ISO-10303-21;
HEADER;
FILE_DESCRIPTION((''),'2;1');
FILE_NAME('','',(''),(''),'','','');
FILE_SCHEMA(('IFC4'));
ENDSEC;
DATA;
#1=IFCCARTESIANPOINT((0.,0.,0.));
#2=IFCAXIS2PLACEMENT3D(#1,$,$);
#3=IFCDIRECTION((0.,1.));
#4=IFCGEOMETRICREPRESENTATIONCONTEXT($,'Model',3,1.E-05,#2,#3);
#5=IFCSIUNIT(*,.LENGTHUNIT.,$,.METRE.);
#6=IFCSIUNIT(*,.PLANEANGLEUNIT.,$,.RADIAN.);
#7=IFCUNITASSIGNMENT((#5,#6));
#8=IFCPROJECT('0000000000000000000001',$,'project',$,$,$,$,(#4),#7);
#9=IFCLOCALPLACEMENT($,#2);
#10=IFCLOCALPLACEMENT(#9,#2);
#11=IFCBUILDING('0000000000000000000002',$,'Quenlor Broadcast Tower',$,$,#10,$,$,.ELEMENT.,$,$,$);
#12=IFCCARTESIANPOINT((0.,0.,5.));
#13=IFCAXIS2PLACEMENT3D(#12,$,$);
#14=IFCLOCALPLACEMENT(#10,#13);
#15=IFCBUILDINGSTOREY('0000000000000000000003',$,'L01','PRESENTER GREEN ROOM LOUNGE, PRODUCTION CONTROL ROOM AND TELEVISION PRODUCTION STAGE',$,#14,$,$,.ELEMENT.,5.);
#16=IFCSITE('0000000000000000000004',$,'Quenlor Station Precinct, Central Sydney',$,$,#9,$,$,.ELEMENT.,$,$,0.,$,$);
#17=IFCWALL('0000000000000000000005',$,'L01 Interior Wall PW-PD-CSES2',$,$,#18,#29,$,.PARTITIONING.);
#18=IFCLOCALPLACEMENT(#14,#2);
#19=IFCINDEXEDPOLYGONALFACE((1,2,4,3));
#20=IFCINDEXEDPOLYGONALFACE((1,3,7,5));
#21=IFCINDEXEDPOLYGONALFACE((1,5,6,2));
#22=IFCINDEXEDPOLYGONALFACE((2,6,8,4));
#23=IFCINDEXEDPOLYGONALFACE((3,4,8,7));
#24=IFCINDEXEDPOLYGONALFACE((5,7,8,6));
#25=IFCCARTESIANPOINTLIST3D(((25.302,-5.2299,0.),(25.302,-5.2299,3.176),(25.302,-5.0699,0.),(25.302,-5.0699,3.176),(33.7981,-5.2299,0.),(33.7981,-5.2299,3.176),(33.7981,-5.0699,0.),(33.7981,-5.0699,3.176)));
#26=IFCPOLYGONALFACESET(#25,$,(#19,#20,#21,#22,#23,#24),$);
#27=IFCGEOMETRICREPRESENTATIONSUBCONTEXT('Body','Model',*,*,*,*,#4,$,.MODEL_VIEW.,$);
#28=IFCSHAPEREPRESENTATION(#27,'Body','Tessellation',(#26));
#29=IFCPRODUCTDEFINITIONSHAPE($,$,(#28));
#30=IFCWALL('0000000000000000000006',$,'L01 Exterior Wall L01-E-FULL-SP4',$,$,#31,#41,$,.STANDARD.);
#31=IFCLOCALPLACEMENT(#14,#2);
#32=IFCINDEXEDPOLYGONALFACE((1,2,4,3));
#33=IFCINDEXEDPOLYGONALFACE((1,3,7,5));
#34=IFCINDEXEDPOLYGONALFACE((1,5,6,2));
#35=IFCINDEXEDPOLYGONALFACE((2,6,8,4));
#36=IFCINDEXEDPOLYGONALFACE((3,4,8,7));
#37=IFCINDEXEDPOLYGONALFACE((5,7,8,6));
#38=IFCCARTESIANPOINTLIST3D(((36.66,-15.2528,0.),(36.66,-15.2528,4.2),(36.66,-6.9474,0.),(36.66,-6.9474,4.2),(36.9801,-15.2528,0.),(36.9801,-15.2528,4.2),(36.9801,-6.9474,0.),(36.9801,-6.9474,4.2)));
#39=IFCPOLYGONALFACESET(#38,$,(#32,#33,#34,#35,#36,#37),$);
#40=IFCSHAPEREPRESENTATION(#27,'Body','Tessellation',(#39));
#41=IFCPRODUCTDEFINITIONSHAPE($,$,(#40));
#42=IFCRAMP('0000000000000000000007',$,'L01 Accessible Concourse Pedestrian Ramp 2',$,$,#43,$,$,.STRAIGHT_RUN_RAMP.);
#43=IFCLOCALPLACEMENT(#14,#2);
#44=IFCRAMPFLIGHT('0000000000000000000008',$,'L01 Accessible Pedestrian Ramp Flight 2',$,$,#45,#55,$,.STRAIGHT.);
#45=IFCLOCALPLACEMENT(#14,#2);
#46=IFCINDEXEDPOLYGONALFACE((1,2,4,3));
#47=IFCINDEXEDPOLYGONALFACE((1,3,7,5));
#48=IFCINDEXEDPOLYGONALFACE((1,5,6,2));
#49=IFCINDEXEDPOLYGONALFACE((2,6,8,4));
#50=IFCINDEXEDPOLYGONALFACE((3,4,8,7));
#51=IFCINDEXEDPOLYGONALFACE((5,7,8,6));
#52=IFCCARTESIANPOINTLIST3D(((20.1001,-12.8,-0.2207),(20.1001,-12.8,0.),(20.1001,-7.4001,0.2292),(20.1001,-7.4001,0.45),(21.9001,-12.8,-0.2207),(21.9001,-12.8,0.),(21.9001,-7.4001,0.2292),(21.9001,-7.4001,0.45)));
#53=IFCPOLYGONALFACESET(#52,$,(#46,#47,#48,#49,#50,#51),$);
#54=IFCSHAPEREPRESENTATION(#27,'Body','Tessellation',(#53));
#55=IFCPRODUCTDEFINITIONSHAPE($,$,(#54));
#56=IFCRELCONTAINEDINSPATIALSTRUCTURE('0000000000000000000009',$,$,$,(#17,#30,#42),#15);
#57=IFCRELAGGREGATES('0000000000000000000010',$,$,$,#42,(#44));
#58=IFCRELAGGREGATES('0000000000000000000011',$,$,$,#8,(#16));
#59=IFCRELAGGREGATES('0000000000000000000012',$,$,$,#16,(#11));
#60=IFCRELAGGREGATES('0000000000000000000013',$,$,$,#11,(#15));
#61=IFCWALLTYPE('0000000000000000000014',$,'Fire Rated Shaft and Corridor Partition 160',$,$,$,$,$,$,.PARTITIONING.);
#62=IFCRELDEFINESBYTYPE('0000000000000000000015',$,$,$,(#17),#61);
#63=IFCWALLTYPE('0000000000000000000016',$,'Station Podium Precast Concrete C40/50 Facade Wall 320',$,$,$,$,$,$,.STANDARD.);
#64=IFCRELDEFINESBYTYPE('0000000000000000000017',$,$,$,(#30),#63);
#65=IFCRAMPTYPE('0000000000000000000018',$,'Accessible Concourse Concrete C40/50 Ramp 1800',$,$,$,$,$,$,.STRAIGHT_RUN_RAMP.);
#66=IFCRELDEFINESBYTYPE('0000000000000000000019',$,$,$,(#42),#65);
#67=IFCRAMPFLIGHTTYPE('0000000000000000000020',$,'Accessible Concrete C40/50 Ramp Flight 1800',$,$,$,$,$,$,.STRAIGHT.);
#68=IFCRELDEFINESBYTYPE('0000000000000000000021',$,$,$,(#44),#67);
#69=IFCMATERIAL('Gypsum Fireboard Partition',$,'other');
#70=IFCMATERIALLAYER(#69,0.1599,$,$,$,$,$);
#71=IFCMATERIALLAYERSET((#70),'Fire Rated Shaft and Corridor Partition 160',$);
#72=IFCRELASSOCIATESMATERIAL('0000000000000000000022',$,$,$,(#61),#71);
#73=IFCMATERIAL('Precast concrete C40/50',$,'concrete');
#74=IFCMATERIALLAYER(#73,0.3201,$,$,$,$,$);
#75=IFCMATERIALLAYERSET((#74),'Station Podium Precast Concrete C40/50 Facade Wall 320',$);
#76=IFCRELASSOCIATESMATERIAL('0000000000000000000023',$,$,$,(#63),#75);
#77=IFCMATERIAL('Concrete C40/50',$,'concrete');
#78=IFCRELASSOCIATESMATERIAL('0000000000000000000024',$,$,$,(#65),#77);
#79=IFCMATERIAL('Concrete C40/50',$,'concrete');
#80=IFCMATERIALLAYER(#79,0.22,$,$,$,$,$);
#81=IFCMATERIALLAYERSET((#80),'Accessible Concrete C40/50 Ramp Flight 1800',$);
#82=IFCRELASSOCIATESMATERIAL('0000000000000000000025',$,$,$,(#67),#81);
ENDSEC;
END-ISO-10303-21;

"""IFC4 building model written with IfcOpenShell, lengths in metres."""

from ifc_helpers import new_model, si_unit, direction, frame, frame_2d, origin, place, context, subcontext, project, spatial, polyline, rectangle, outline, extrude, material, layer, layer_set, type_object, element, aggregate, save


model = new_model("IFC4")

# Units and contexts
model_context = context("Model", 3, precision=1e-05, world=origin(), true_north=direction((0.0, 1.0)))
body_context = subcontext(model_context, "Body", "Model", "MODEL_VIEW")
ifc_project = project(units=[si_unit("LENGTHUNIT", "METRE"), si_unit("PLANEANGLEUNIT", "RADIAN")], contexts=[model_context])

# Site, building, storey
site_placement = place(None, origin())
site = spatial("IfcSite", under=ifc_project, at=site_placement, Name="Quenlor Station Precinct, Central Sydney", CompositionType="ELEMENT", RefElevation=0.0)
building_placement = place(site_placement, origin())
building = spatial("IfcBuilding", under=site, at=building_placement, Name="Quenlor Broadcast Tower", CompositionType="ELEMENT")
storey_placement = place(building_placement, frame((0.0, 0.0, 5.0)))
storey = spatial("IfcBuildingStorey", under=building, at=storey_placement, Name="L01", Description="PRESENTER GREEN ROOM LOUNGE, PRODUCTION CONTROL ROOM AND TELEVISION PRODUCTION STAGE", CompositionType="ELEMENT", Elevation=5.0)

# Walls
ifc_material_1 = material(Name="Gypsum Fireboard Partition", Category="other")
ifc_layer_1 = layer(ifc_material_1, 0.1599)
ifc_layer_set_1 = layer_set([ifc_layer_1], Name="Fire Rated Shaft and Corridor Partition 160")
wall_type_1 = type_object("IfcWallType", Name="Fire Rated Shaft and Corridor Partition 160", PredefinedType="PARTITIONING", material=ifc_layer_set_1)
wall_1_placement = place(storey_placement, frame((25.302, -5.1499, 0.0), z_axis=(0.0, 0.0, 1.0), x_axis=(1.0, 0.0, 0.0)))
element("IfcWall", 1, at=wall_1_placement, inside=storey, type_object=wall_type_1, Name="L01 Interior Wall PW-PD-CSES2", PredefinedType="PARTITIONING", context=body_context, shape_type="SweptSolid", body=[
    extrude(rectangle(XDim=8.4961, YDim=0.1599, at=frame_2d((4.248, 0.0))), origin(), (0.0, 0.0, 1.0), 3.176),
])
ifc_material_2 = material(Name="Precast concrete C40/50", Category="concrete")
ifc_layer_2 = layer(ifc_material_2, 0.3201)
ifc_layer_set_2 = layer_set([ifc_layer_2], Name="Station Podium Precast Concrete C40/50 Facade Wall 320")
wall_type_2 = type_object("IfcWallType", Name="Station Podium Precast Concrete C40/50 Facade Wall 320", PredefinedType="STANDARD", material=ifc_layer_set_2)
wall_2_placement = place(storey_placement, frame((36.8201, -6.9473, 0.0), z_axis=(0.0, 0.0, 1.0), x_axis=(0.0, -1.0, 0.0)))
element("IfcWall", 2, at=wall_2_placement, inside=storey, type_object=wall_type_2, Name="L01 Exterior Wall L01-E-FULL-SP4", PredefinedType="STANDARD", context=body_context, shape_type="SweptSolid", body=[
    extrude(rectangle(XDim=8.3054, YDim=0.3201, at=frame_2d((4.1528, 0.0))), origin(), (0.0, 0.0, 1.0), 4.2),
])

# Ramp, ramp flight
ifc_material_3 = material(Name="Concrete C40/50", Category="concrete")
ramp_type = type_object("IfcRampType", Name="Accessible Concourse Concrete C40/50 Ramp 1800", PredefinedType="STRAIGHT_RUN_RAMP", material=ifc_material_3)
ramp_placement = place(storey_placement, origin())
ramp = element("IfcRamp", 3, at=ramp_placement, inside=storey, type_object=ramp_type, Name="L01 Accessible Concourse Pedestrian Ramp 2", PredefinedType="STRAIGHT_RUN_RAMP")
ifc_material_4 = material(Name="Concrete C40/50", Category="concrete")
ifc_layer_3 = layer(ifc_material_4, 0.22)
ifc_layer_set_3 = layer_set([ifc_layer_3], Name="Accessible Concrete C40/50 Ramp Flight 1800")
ramp_flight_type = type_object("IfcRampFlightType", Name="Accessible Concrete C40/50 Ramp Flight 1800", PredefinedType="STRAIGHT", material=ifc_layer_set_3)
ramp_flight_placement = place(storey_placement, frame((21.0, -12.8, 0.0), z_axis=(0.0, 0.0, 1.0), x_axis=(0.0, 1.0, 0.0)))
ramp_flight = element("IfcRampFlight", 4, at=ramp_flight_placement, type_object=ramp_flight_type, Name="L01 Accessible Pedestrian Ramp Flight 2", PredefinedType="STRAIGHT", context=body_context, shape_type="SweptSolid", body=[
    extrude(outline(polyline([(0.0, 0.0), (5.3999, 0.45), (5.3999, 0.2292), (0.0, -0.2207), (0.0, 0.0)])), frame((0.0, 0.8999, 0.0), z_axis=(0.0, -1.0, 0.0), x_axis=(1.0, 0.0, 0.0)), (0.0, 0.0, 1.0), 1.8),
])
aggregate(ramp, [ramp_flight])

save(model, "model.ifc")
